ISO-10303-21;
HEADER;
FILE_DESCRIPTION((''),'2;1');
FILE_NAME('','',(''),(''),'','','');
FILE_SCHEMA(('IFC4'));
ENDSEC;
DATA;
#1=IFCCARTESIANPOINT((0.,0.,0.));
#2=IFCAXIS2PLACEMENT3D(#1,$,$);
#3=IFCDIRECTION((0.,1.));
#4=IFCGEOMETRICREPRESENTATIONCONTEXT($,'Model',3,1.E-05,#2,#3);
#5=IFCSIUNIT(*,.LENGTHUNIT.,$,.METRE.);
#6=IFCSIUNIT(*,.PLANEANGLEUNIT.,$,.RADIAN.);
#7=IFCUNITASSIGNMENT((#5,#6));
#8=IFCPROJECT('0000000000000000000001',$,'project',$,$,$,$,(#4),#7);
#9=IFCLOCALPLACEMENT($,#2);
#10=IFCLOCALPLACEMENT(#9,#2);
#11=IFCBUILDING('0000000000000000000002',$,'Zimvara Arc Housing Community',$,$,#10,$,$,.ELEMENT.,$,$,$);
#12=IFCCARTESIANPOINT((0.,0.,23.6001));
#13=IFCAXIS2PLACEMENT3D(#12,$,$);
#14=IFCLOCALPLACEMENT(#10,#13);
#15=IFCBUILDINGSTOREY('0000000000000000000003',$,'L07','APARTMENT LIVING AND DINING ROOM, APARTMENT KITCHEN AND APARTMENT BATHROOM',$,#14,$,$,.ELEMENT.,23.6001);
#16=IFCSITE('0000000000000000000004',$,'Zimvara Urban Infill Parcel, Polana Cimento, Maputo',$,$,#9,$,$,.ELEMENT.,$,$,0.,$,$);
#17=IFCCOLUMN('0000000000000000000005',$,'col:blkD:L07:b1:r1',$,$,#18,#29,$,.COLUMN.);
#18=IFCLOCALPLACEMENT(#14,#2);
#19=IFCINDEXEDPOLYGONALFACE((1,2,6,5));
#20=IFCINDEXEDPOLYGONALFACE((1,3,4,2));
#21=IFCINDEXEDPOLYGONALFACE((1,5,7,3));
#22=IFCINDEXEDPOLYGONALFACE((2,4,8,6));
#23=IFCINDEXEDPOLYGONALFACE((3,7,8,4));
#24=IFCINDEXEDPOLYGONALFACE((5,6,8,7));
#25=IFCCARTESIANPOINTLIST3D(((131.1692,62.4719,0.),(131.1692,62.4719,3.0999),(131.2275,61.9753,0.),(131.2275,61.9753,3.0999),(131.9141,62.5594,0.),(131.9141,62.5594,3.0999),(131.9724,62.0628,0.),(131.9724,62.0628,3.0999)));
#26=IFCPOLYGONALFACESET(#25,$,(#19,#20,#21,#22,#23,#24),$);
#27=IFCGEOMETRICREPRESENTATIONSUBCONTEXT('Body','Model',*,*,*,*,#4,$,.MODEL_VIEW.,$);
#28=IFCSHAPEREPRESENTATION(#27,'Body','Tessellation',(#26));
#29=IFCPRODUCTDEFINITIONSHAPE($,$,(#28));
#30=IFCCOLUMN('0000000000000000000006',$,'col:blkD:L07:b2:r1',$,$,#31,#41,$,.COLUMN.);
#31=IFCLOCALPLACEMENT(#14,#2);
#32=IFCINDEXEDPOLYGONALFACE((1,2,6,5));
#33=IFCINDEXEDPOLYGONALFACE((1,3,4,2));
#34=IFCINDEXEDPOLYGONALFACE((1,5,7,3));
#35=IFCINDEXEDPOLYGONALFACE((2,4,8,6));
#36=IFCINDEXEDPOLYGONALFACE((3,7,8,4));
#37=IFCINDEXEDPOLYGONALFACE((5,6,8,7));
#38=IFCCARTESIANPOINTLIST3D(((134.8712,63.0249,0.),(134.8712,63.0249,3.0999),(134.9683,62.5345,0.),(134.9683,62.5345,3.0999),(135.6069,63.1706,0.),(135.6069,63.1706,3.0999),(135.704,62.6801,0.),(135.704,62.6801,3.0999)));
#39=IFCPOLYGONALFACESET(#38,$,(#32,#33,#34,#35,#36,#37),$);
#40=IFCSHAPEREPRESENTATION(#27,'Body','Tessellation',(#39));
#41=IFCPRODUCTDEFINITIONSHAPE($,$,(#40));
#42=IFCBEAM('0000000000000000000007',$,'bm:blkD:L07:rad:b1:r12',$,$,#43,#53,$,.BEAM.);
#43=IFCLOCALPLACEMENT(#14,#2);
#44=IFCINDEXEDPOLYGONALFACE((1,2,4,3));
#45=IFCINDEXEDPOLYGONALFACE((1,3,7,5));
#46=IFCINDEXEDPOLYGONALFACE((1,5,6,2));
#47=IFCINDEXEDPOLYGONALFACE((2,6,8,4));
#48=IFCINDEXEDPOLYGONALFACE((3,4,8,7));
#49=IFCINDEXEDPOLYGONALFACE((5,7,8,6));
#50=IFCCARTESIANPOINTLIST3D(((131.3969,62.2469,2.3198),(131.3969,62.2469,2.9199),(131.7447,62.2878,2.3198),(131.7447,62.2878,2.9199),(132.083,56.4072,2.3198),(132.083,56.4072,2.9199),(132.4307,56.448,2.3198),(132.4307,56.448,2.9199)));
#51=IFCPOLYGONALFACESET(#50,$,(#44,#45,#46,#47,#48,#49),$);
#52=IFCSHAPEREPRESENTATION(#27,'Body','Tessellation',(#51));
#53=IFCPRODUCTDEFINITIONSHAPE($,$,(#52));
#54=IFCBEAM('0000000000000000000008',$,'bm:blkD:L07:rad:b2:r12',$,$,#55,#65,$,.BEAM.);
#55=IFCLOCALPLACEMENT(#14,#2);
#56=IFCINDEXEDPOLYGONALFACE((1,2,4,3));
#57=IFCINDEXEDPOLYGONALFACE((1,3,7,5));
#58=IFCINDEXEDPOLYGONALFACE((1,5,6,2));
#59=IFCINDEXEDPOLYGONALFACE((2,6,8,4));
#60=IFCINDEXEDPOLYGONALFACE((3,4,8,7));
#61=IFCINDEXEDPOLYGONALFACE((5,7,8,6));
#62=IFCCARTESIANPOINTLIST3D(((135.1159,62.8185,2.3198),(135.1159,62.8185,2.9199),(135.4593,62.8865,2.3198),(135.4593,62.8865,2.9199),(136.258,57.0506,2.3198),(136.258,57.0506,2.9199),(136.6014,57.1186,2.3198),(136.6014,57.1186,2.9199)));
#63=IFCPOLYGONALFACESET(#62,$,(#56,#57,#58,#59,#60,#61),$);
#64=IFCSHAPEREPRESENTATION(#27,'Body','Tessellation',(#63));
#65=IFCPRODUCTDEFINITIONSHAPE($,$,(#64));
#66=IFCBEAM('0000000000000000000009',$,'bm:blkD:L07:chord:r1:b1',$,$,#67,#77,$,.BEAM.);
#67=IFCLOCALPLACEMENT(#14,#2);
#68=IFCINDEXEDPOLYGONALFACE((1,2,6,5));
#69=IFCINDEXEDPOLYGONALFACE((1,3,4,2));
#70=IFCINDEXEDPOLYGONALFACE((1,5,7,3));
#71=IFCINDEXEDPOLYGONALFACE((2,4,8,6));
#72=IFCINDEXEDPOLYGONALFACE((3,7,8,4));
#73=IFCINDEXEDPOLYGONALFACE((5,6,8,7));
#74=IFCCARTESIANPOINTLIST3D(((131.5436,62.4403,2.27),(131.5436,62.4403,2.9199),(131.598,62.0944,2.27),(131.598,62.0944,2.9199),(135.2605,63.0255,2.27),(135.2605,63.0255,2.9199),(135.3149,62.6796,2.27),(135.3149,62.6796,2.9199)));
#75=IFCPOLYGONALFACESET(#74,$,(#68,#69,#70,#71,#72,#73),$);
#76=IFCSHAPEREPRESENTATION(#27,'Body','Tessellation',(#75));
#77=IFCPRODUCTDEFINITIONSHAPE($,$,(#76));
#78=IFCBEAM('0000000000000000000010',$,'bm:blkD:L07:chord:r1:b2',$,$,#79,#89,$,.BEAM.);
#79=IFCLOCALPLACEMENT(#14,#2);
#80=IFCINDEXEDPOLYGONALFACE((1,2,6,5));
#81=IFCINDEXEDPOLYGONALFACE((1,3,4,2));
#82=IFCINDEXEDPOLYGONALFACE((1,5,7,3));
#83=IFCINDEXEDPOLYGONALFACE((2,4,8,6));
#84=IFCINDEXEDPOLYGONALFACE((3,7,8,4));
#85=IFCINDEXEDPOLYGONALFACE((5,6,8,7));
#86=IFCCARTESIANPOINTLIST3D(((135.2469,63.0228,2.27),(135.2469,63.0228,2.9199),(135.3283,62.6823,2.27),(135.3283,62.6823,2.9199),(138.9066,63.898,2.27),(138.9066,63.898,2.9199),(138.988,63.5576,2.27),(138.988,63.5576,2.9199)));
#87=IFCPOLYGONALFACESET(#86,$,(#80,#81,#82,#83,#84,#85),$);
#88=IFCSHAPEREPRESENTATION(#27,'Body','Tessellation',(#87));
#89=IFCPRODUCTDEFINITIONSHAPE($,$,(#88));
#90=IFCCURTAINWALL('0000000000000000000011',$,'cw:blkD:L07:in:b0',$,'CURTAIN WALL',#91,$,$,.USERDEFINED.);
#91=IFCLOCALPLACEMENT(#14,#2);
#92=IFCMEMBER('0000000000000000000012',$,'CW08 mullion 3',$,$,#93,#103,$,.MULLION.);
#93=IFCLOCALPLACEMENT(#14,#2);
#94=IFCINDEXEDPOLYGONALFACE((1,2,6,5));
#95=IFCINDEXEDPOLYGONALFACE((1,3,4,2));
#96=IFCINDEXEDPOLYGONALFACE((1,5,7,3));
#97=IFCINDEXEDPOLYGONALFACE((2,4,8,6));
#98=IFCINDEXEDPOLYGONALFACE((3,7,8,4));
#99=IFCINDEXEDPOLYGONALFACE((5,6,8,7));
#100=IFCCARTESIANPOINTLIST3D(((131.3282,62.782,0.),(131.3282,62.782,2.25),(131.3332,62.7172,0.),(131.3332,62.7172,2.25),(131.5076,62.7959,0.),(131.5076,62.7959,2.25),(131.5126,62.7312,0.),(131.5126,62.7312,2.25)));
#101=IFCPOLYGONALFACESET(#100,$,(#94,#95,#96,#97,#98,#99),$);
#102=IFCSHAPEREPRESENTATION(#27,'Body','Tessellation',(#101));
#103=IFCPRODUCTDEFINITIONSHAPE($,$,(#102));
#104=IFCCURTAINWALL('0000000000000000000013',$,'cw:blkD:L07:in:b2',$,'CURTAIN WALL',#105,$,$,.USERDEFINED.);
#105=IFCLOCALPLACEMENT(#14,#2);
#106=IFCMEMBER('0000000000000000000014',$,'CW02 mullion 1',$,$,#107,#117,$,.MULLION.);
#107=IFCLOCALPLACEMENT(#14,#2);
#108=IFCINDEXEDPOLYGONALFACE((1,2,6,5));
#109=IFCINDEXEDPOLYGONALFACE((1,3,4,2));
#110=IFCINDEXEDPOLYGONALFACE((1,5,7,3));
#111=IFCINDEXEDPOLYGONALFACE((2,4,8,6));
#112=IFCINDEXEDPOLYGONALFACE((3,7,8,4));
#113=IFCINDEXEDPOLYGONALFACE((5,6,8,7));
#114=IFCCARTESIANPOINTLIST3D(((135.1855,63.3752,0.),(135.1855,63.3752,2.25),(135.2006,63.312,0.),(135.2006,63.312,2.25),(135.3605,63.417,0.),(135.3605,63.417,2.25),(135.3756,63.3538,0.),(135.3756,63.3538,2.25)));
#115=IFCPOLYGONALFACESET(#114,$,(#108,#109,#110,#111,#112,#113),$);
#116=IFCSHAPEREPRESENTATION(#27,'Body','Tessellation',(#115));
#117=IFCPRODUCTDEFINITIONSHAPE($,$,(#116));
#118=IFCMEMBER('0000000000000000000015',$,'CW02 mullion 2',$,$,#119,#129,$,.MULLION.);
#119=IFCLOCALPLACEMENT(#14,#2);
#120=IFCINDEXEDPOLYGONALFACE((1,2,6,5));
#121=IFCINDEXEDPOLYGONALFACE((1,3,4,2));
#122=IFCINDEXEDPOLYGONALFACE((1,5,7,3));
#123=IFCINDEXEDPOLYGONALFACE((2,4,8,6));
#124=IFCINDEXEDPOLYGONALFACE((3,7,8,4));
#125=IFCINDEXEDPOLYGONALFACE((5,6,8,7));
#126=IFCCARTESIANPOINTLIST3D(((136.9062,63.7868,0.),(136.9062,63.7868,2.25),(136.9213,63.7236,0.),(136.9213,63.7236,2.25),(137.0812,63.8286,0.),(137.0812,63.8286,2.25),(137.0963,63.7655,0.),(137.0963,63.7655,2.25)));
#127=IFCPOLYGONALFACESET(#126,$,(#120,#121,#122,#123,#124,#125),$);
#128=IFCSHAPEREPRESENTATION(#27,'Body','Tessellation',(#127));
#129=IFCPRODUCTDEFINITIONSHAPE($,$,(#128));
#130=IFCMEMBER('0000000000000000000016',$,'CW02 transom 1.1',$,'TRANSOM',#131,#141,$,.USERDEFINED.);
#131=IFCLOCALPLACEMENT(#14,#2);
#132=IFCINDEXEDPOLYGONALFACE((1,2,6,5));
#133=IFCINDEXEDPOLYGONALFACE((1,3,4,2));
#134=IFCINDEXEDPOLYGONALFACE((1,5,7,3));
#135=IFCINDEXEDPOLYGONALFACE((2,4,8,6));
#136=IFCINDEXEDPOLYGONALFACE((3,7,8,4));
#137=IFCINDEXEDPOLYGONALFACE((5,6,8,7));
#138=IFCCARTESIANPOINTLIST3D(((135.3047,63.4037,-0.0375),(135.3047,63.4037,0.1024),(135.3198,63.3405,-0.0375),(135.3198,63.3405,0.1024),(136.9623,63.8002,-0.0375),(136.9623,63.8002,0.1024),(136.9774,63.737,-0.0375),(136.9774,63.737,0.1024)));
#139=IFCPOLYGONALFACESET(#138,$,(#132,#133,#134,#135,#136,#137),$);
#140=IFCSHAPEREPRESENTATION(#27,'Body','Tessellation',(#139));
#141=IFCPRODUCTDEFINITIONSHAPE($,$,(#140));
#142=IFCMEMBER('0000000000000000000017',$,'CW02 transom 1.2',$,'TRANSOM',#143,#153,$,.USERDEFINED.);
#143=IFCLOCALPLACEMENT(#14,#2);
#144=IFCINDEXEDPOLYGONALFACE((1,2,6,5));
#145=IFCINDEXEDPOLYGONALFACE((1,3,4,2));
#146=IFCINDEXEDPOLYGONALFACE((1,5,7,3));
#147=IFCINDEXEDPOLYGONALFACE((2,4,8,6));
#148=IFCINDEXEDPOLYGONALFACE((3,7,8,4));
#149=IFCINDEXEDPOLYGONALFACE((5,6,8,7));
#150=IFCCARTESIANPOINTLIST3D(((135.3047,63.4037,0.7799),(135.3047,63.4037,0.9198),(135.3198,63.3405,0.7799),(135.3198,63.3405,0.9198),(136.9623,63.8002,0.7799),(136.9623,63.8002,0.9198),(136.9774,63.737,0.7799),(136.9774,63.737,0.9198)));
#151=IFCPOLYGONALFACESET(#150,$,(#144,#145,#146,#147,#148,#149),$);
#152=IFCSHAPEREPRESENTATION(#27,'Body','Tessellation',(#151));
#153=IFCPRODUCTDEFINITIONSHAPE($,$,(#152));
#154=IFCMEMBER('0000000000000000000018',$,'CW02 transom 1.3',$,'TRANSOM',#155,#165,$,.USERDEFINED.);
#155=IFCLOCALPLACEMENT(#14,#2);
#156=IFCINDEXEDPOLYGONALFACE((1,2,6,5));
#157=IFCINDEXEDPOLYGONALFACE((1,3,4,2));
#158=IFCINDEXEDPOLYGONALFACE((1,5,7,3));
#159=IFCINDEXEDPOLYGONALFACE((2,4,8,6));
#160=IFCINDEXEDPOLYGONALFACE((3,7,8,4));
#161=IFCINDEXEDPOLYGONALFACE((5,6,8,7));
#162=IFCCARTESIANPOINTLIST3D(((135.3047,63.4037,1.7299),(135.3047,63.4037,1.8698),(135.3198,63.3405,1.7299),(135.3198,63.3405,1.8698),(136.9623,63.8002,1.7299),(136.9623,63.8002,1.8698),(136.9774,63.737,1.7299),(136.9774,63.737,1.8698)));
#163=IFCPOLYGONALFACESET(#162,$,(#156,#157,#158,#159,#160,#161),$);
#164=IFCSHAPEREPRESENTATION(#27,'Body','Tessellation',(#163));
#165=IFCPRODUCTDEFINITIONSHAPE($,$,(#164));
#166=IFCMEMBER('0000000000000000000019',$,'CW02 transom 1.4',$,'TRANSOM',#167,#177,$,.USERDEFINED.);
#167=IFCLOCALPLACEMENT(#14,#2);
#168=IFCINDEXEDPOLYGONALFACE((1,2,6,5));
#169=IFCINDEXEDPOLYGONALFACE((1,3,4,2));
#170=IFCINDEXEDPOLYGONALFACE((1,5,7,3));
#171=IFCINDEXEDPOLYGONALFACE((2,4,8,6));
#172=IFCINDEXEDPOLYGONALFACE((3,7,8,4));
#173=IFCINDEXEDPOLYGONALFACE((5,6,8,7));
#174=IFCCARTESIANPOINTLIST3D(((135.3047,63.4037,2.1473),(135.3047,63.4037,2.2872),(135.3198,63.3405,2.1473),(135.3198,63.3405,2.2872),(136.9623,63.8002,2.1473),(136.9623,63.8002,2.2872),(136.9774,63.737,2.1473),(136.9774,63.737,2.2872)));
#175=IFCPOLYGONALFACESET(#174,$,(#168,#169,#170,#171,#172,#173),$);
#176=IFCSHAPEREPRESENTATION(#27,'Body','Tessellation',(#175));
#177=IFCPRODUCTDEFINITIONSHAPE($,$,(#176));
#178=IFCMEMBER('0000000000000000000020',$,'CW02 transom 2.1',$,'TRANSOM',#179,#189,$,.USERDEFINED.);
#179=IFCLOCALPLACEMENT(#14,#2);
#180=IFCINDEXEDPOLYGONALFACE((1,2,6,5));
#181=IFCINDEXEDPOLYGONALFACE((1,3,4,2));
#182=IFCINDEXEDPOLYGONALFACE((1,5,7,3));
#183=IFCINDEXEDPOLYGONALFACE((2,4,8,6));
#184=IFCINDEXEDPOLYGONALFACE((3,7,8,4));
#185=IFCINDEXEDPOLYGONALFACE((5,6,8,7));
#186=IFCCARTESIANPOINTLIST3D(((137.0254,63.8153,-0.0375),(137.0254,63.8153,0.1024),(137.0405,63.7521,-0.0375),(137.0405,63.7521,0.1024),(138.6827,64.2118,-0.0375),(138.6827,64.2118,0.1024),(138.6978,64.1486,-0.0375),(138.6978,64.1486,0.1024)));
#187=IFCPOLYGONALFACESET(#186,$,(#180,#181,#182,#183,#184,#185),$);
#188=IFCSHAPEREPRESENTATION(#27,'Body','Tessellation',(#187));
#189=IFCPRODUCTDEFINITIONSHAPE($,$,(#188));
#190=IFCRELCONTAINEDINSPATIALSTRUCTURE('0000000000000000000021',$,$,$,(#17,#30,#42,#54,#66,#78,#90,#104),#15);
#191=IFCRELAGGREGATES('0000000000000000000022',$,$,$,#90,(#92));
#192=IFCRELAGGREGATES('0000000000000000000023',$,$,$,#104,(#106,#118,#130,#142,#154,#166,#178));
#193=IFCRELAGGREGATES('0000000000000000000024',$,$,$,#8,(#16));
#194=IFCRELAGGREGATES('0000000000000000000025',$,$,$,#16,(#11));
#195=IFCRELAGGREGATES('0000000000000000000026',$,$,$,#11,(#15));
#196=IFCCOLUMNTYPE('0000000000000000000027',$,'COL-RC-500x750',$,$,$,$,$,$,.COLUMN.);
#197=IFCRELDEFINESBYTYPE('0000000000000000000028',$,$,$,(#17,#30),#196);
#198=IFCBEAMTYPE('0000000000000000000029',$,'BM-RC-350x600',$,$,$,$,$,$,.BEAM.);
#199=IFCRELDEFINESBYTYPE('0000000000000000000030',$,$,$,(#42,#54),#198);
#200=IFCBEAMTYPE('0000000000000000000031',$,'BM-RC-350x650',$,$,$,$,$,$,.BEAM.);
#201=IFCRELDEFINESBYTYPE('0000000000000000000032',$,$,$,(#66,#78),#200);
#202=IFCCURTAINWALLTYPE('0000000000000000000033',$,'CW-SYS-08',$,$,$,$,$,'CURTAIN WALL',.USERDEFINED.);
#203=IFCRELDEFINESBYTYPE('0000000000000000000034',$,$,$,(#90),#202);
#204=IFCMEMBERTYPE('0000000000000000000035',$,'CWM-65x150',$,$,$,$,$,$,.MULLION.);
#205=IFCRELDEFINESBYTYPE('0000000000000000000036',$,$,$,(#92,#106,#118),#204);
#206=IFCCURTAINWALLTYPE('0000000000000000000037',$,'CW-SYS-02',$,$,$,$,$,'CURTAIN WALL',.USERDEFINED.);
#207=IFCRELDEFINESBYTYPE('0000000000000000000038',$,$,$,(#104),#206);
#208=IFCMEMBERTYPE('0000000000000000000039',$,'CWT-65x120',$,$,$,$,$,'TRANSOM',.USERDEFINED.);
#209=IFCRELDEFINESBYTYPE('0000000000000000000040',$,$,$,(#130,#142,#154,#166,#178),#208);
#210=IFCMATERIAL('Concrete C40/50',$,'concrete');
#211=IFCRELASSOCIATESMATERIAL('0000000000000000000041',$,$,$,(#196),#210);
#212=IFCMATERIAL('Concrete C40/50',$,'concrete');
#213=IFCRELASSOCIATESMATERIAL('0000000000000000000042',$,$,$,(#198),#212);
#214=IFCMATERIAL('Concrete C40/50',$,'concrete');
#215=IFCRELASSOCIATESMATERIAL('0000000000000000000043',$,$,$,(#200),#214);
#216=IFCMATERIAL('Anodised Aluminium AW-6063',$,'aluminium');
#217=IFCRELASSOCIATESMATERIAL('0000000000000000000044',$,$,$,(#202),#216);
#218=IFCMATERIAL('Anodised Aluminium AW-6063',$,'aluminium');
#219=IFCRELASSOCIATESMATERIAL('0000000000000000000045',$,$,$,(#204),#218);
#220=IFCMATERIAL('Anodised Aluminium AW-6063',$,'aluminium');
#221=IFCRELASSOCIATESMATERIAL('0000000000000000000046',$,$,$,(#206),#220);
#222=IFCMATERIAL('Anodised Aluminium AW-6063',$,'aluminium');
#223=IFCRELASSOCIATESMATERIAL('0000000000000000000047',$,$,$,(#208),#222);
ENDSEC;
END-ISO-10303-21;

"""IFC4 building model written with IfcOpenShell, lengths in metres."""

from ifc_helpers import new_model, si_unit, direction, frame, origin, origin_2d, place, context, subcontext, project, spatial, rectangle, extrude, material, material_profile, profile_set, type_object, element, aggregate, save


model = new_model("IFC4")

# Units and contexts
model_context = context("Model", 3, precision=1e-05, world=origin(), true_north=direction((0.0, 1.0)))
body_context = subcontext(model_context, "Body", "Model", "MODEL_VIEW")
ifc_project = project(units=[si_unit("LENGTHUNIT", "METRE"), si_unit("PLANEANGLEUNIT", "RADIAN")], contexts=[model_context])

# Site, building, storey
site_placement = place(None, origin())
site = spatial("IfcSite", under=ifc_project, at=site_placement, Name="Zimvara Urban Infill Parcel, Polana Cimento, Maputo", CompositionType="ELEMENT", RefElevation=0.0)
building_placement = place(site_placement, origin())
building = spatial("IfcBuilding", under=site, at=building_placement, Name="Zimvara Arc Housing Community", CompositionType="ELEMENT")
storey_placement = place(building_placement, frame((0.0, 0.0, 23.6001)))
storey = spatial("IfcBuildingStorey", under=building, at=storey_placement, Name="L07", Description="APARTMENT LIVING AND DINING ROOM, APARTMENT KITCHEN AND APARTMENT BATHROOM", CompositionType="ELEMENT", Elevation=23.6001)

# Columns
ifc_material_1 = material(Name="Concrete C40/50", Category="concrete")
ifc_material_profile_1 = material_profile(ifc_material_1, rectangle(XDim=0.5, YDim=0.75, at=origin_2d()), Name="RC 500x750")
ifc_profile_set_1 = profile_set([ifc_material_profile_1], Name="Concrete C40/50")
column_type = type_object("IfcColumnType", Name="COL-RC-500x750", PredefinedType="COLUMN", material=ifc_profile_set_1)
for number, where, z_axis, x_axis, name in (
    (1, (131.5708, 62.2673, 0.0), (0.0, 0.0, 1.0), (0.116671, -0.993171, 0.0), "col:blkD:L07:b1:r1"),
    (2, (135.2876, 62.8525, 0.0), (0.0, 0.0, 1.0), (0.194234, -0.980955, 0.0), "col:blkD:L07:b2:r1"),
):
    element("IfcColumn", number, at=place(storey_placement, frame(where, z_axis=z_axis, x_axis=x_axis)), inside=storey, type_object=column_type, Name=name, PredefinedType="COLUMN", context=body_context, shape_type="SweptSolid", body=[
        extrude(rectangle(XDim=0.5, YDim=0.75, at=origin_2d()), origin(), (0.0, 0.0, 1.0), 3.0999),
    ])

# Beams
ifc_material_2 = material(Name="Concrete C40/50", Category="concrete")
ifc_material_profile_2 = material_profile(ifc_material_2, rectangle(XDim=0.3501, YDim=0.6001, at=origin_2d()), Name="RC 350x600")
ifc_profile_set_2 = profile_set([ifc_material_profile_2], Name="Concrete C40/50")
beam_type_1 = type_object("IfcBeamType", Name="BM-RC-350x600", PredefinedType="BEAM", material=ifc_profile_set_2)
for number, where, z_axis, x_axis, name in (
    (3, (131.5708, 62.2673, 2.6199), (0.116673, -0.99317, 0.0), (0.99317, 0.116673, 0.0), "bm:blkD:L07:rad:b1:r12"),
    (4, (135.2876, 62.8525, 2.6199), (0.194239, -0.980954, 0.0), (0.980954, 0.194239, 0.0), "bm:blkD:L07:rad:b2:r12"),
):
    element("IfcBeam", number, at=place(storey_placement, frame(where, z_axis=z_axis, x_axis=x_axis)), inside=storey, type_object=beam_type_1, Name=name, PredefinedType="BEAM", context=body_context, shape_type="SweptSolid", body=[
        extrude(rectangle(XDim=0.3501, YDim=0.6001, at=origin_2d()), origin(), (0.0, 0.0, 1.0), 5.8799),
    ])
ifc_material_3 = material(Name="Concrete C40/50", Category="concrete")
ifc_material_profile_3 = material_profile(ifc_material_3, rectangle(XDim=0.3501, YDim=0.6499, at=origin_2d()), Name="RC 350x650")
ifc_profile_set_3 = profile_set([ifc_material_profile_3], Name="Concrete C40/50")
beam_type_2 = type_object("IfcBeamType", Name="BM-RC-350x650", PredefinedType="BEAM", material=ifc_profile_set_3)
beam_1_placement = place(storey_placement, frame((131.5708, 62.2673, 2.595), z_axis=(0.987831, 0.155533, 0.0), x_axis=(-0.155533, 0.987831, 0.0)))
element("IfcBeam", 5, at=beam_1_placement, inside=storey, type_object=beam_type_2, Name="bm:blkD:L07:chord:r1:b1", PredefinedType="BEAM", context=body_context, shape_type="SweptSolid", body=[
    extrude(rectangle(XDim=0.3501, YDim=0.6499, at=origin_2d()), origin(), (0.0, 0.0, 1.0), 3.7627),
])
beam_2_placement = place(storey_placement, frame((135.2876, 62.8525, 2.595), z_axis=(0.972573, 0.2326, 0.0), x_axis=(-0.2326, 0.972573, 0.0)))
element("IfcBeam", 6, at=beam_2_placement, inside=storey, type_object=beam_type_2, Name="bm:blkD:L07:chord:r1:b2", PredefinedType="BEAM", context=body_context, shape_type="SweptSolid", body=[
    extrude(rectangle(XDim=0.3501, YDim=0.6499, at=origin_2d()), origin(), (0.0, 0.0, 1.0), 3.7629),
])

# Curtain wall, member
ifc_material_4 = material(Name="Anodised Aluminium AW-6063", Category="aluminium")
curtain_wall_type_1 = type_object("IfcCurtainWallType", Name="CW-SYS-08", ElementType="CURTAIN WALL", PredefinedType="USERDEFINED", material=ifc_material_4)
curtain_wall_1_placement = place(storey_placement, origin())
curtain_wall_1 = element("IfcCurtainWall", 7, at=curtain_wall_1_placement, inside=storey, type_object=curtain_wall_type_1, Name="cw:blkD:L07:in:b0", ObjectType="CURTAIN WALL", PredefinedType="USERDEFINED")
ifc_material_5 = material(Name="Anodised Aluminium AW-6063", Category="aluminium")
ifc_material_profile_4 = material_profile(ifc_material_5, rectangle(XDim=0.0649, YDim=0.1799, at=origin_2d()), Name="ALU 65x180")
ifc_profile_set_4 = profile_set([ifc_material_profile_4], Name="Anodised Aluminium AW-6063")
member_type_1 = type_object("IfcMemberType", Name="CWM-65x150", PredefinedType="MULLION", material=ifc_profile_set_4)
member_1_placement = place(storey_placement, frame((131.4204, 62.7566, 0.0), z_axis=(0.0, 0.0, 1.0), x_axis=(-0.077588, 0.996986, 0.0)))
member_1 = element("IfcMember", 8, at=member_1_placement, type_object=member_type_1, Name="CW08 mullion 3", PredefinedType="MULLION", context=body_context, shape_type="SweptSolid", body=[
    extrude(rectangle(XDim=0.0649, YDim=0.1799, at=origin_2d()), origin(), (0.0, 0.0, 1.0), 2.25),
])
aggregate(curtain_wall_1, [member_1])

# Curtain wall, members
ifc_material_6 = material(Name="Anodised Aluminium AW-6063", Category="aluminium")
curtain_wall_type_2 = type_object("IfcCurtainWallType", Name="CW-SYS-02", ElementType="CURTAIN WALL", PredefinedType="USERDEFINED", material=ifc_material_6)
curtain_wall_2_placement = place(storey_placement, origin())
curtain_wall_2 = element("IfcCurtainWall", 9, at=curtain_wall_2_placement, inside=storey, type_object=curtain_wall_type_2, Name="cw:blkD:L07:in:b2", ObjectType="CURTAIN WALL", PredefinedType="USERDEFINED")
member_2_placement = place(storey_placement, frame((135.2805, 63.3645, 0.0), z_axis=(0.0, 0.0, 1.0), x_axis=(-0.232597, 0.972573, 0.0)))
member_2 = element("IfcMember", 10, at=member_2_placement, type_object=member_type_1, Name="CW02 mullion 1", PredefinedType="MULLION", context=body_context, shape_type="SweptSolid", body=[
    extrude(rectangle(XDim=0.0649, YDim=0.1799, at=origin_2d()), origin(), (0.0, 0.0, 1.0), 2.25),
])
member_3_placement = place(storey_placement, frame((137.0012, 63.7761, 0.0), z_axis=(0.0, 0.0, 1.0), x_axis=(-0.232597, 0.972573, 0.0)))
member_3 = element("IfcMember", 11, at=member_3_placement, type_object=member_type_1, Name="CW02 mullion 2", PredefinedType="MULLION", context=body_context, shape_type="SweptSolid", body=[
    extrude(rectangle(XDim=0.0649, YDim=0.1799, at=origin_2d()), origin(), (0.0, 0.0, 1.0), 2.25),
])
ifc_material_7 = material(Name="Anodised Aluminium AW-6063", Category="aluminium")
ifc_material_profile_5 = material_profile(ifc_material_7, rectangle(XDim=0.0649, YDim=0.1399, at=origin_2d()), Name="ALU 65x140")
ifc_profile_set_5 = profile_set([ifc_material_profile_5], Name="Anodised Aluminium AW-6063")
member_type_2 = type_object("IfcMemberType", Name="CWT-65x120", ElementType="TRANSOM", PredefinedType="USERDEFINED", material=ifc_profile_set_5)
member_4_placement = place(storey_placement, frame((135.3123, 63.3721, 0.0325), z_axis=(0.972561, 0.232647, 0.0), x_axis=(-0.232647, 0.972561, 0.0)))
member_4 = element("IfcMember", 12, at=member_4_placement, type_object=member_type_2, Name="CW02 transom 1.1", ObjectType="TRANSOM", PredefinedType="USERDEFINED", context=body_context, shape_type="SweptSolid", body=[
    extrude(rectangle(XDim=0.0649, YDim=0.1399, at=origin_2d()), origin(), (0.0, 0.0, 1.0), 1.7043),
])
member_5_placement = place(storey_placement, frame((135.3123, 63.3721, 0.8499), z_axis=(0.972561, 0.232647, 0.0), x_axis=(-0.232647, 0.972561, 0.0)))
member_5 = element("IfcMember", 13, at=member_5_placement, type_object=member_type_2, Name="CW02 transom 1.2", ObjectType="TRANSOM", PredefinedType="USERDEFINED", context=body_context, shape_type="SweptSolid", body=[
    extrude(rectangle(XDim=0.0649, YDim=0.1399, at=origin_2d()), origin(), (0.0, 0.0, 1.0), 1.7043),
])
member_6_placement = place(storey_placement, frame((135.3123, 63.3721, 1.7998), z_axis=(0.972561, 0.232647, 0.0), x_axis=(-0.232647, 0.972561, 0.0)))
member_6 = element("IfcMember", 14, at=member_6_placement, type_object=member_type_2, Name="CW02 transom 1.3", ObjectType="TRANSOM", PredefinedType="USERDEFINED", context=body_context, shape_type="SweptSolid", body=[
    extrude(rectangle(XDim=0.0649, YDim=0.1399, at=origin_2d()), origin(), (0.0, 0.0, 1.0), 1.7043),
])
member_7_placement = place(storey_placement, frame((135.3123, 63.3721, 2.2173), z_axis=(0.972561, 0.232647, 0.0), x_axis=(-0.232647, 0.972561, 0.0)))
member_7 = element("IfcMember", 15, at=member_7_placement, type_object=member_type_2, Name="CW02 transom 1.4", ObjectType="TRANSOM", PredefinedType="USERDEFINED", context=body_context, shape_type="SweptSolid", body=[
    extrude(rectangle(XDim=0.0649, YDim=0.1399, at=origin_2d()), origin(), (0.0, 0.0, 1.0), 1.7043),
])
member_8_placement = place(storey_placement, frame((137.033, 63.7837, 0.0325), z_axis=(0.972554, 0.232679, 0.0), x_axis=(-0.232679, 0.972554, 0.0)))
member_8 = element("IfcMember", 16, at=member_8_placement, type_object=member_type_2, Name="CW02 transom 2.1", ObjectType="TRANSOM", PredefinedType="USERDEFINED", context=body_context, shape_type="SweptSolid", body=[
    extrude(rectangle(XDim=0.0649, YDim=0.1399, at=origin_2d()), origin(), (0.0, 0.0, 1.0), 1.7041),
])
aggregate(curtain_wall_2, [member_2, member_3, member_4, member_5, member_6, member_7, member_8])

save(model, "model.ifc")
